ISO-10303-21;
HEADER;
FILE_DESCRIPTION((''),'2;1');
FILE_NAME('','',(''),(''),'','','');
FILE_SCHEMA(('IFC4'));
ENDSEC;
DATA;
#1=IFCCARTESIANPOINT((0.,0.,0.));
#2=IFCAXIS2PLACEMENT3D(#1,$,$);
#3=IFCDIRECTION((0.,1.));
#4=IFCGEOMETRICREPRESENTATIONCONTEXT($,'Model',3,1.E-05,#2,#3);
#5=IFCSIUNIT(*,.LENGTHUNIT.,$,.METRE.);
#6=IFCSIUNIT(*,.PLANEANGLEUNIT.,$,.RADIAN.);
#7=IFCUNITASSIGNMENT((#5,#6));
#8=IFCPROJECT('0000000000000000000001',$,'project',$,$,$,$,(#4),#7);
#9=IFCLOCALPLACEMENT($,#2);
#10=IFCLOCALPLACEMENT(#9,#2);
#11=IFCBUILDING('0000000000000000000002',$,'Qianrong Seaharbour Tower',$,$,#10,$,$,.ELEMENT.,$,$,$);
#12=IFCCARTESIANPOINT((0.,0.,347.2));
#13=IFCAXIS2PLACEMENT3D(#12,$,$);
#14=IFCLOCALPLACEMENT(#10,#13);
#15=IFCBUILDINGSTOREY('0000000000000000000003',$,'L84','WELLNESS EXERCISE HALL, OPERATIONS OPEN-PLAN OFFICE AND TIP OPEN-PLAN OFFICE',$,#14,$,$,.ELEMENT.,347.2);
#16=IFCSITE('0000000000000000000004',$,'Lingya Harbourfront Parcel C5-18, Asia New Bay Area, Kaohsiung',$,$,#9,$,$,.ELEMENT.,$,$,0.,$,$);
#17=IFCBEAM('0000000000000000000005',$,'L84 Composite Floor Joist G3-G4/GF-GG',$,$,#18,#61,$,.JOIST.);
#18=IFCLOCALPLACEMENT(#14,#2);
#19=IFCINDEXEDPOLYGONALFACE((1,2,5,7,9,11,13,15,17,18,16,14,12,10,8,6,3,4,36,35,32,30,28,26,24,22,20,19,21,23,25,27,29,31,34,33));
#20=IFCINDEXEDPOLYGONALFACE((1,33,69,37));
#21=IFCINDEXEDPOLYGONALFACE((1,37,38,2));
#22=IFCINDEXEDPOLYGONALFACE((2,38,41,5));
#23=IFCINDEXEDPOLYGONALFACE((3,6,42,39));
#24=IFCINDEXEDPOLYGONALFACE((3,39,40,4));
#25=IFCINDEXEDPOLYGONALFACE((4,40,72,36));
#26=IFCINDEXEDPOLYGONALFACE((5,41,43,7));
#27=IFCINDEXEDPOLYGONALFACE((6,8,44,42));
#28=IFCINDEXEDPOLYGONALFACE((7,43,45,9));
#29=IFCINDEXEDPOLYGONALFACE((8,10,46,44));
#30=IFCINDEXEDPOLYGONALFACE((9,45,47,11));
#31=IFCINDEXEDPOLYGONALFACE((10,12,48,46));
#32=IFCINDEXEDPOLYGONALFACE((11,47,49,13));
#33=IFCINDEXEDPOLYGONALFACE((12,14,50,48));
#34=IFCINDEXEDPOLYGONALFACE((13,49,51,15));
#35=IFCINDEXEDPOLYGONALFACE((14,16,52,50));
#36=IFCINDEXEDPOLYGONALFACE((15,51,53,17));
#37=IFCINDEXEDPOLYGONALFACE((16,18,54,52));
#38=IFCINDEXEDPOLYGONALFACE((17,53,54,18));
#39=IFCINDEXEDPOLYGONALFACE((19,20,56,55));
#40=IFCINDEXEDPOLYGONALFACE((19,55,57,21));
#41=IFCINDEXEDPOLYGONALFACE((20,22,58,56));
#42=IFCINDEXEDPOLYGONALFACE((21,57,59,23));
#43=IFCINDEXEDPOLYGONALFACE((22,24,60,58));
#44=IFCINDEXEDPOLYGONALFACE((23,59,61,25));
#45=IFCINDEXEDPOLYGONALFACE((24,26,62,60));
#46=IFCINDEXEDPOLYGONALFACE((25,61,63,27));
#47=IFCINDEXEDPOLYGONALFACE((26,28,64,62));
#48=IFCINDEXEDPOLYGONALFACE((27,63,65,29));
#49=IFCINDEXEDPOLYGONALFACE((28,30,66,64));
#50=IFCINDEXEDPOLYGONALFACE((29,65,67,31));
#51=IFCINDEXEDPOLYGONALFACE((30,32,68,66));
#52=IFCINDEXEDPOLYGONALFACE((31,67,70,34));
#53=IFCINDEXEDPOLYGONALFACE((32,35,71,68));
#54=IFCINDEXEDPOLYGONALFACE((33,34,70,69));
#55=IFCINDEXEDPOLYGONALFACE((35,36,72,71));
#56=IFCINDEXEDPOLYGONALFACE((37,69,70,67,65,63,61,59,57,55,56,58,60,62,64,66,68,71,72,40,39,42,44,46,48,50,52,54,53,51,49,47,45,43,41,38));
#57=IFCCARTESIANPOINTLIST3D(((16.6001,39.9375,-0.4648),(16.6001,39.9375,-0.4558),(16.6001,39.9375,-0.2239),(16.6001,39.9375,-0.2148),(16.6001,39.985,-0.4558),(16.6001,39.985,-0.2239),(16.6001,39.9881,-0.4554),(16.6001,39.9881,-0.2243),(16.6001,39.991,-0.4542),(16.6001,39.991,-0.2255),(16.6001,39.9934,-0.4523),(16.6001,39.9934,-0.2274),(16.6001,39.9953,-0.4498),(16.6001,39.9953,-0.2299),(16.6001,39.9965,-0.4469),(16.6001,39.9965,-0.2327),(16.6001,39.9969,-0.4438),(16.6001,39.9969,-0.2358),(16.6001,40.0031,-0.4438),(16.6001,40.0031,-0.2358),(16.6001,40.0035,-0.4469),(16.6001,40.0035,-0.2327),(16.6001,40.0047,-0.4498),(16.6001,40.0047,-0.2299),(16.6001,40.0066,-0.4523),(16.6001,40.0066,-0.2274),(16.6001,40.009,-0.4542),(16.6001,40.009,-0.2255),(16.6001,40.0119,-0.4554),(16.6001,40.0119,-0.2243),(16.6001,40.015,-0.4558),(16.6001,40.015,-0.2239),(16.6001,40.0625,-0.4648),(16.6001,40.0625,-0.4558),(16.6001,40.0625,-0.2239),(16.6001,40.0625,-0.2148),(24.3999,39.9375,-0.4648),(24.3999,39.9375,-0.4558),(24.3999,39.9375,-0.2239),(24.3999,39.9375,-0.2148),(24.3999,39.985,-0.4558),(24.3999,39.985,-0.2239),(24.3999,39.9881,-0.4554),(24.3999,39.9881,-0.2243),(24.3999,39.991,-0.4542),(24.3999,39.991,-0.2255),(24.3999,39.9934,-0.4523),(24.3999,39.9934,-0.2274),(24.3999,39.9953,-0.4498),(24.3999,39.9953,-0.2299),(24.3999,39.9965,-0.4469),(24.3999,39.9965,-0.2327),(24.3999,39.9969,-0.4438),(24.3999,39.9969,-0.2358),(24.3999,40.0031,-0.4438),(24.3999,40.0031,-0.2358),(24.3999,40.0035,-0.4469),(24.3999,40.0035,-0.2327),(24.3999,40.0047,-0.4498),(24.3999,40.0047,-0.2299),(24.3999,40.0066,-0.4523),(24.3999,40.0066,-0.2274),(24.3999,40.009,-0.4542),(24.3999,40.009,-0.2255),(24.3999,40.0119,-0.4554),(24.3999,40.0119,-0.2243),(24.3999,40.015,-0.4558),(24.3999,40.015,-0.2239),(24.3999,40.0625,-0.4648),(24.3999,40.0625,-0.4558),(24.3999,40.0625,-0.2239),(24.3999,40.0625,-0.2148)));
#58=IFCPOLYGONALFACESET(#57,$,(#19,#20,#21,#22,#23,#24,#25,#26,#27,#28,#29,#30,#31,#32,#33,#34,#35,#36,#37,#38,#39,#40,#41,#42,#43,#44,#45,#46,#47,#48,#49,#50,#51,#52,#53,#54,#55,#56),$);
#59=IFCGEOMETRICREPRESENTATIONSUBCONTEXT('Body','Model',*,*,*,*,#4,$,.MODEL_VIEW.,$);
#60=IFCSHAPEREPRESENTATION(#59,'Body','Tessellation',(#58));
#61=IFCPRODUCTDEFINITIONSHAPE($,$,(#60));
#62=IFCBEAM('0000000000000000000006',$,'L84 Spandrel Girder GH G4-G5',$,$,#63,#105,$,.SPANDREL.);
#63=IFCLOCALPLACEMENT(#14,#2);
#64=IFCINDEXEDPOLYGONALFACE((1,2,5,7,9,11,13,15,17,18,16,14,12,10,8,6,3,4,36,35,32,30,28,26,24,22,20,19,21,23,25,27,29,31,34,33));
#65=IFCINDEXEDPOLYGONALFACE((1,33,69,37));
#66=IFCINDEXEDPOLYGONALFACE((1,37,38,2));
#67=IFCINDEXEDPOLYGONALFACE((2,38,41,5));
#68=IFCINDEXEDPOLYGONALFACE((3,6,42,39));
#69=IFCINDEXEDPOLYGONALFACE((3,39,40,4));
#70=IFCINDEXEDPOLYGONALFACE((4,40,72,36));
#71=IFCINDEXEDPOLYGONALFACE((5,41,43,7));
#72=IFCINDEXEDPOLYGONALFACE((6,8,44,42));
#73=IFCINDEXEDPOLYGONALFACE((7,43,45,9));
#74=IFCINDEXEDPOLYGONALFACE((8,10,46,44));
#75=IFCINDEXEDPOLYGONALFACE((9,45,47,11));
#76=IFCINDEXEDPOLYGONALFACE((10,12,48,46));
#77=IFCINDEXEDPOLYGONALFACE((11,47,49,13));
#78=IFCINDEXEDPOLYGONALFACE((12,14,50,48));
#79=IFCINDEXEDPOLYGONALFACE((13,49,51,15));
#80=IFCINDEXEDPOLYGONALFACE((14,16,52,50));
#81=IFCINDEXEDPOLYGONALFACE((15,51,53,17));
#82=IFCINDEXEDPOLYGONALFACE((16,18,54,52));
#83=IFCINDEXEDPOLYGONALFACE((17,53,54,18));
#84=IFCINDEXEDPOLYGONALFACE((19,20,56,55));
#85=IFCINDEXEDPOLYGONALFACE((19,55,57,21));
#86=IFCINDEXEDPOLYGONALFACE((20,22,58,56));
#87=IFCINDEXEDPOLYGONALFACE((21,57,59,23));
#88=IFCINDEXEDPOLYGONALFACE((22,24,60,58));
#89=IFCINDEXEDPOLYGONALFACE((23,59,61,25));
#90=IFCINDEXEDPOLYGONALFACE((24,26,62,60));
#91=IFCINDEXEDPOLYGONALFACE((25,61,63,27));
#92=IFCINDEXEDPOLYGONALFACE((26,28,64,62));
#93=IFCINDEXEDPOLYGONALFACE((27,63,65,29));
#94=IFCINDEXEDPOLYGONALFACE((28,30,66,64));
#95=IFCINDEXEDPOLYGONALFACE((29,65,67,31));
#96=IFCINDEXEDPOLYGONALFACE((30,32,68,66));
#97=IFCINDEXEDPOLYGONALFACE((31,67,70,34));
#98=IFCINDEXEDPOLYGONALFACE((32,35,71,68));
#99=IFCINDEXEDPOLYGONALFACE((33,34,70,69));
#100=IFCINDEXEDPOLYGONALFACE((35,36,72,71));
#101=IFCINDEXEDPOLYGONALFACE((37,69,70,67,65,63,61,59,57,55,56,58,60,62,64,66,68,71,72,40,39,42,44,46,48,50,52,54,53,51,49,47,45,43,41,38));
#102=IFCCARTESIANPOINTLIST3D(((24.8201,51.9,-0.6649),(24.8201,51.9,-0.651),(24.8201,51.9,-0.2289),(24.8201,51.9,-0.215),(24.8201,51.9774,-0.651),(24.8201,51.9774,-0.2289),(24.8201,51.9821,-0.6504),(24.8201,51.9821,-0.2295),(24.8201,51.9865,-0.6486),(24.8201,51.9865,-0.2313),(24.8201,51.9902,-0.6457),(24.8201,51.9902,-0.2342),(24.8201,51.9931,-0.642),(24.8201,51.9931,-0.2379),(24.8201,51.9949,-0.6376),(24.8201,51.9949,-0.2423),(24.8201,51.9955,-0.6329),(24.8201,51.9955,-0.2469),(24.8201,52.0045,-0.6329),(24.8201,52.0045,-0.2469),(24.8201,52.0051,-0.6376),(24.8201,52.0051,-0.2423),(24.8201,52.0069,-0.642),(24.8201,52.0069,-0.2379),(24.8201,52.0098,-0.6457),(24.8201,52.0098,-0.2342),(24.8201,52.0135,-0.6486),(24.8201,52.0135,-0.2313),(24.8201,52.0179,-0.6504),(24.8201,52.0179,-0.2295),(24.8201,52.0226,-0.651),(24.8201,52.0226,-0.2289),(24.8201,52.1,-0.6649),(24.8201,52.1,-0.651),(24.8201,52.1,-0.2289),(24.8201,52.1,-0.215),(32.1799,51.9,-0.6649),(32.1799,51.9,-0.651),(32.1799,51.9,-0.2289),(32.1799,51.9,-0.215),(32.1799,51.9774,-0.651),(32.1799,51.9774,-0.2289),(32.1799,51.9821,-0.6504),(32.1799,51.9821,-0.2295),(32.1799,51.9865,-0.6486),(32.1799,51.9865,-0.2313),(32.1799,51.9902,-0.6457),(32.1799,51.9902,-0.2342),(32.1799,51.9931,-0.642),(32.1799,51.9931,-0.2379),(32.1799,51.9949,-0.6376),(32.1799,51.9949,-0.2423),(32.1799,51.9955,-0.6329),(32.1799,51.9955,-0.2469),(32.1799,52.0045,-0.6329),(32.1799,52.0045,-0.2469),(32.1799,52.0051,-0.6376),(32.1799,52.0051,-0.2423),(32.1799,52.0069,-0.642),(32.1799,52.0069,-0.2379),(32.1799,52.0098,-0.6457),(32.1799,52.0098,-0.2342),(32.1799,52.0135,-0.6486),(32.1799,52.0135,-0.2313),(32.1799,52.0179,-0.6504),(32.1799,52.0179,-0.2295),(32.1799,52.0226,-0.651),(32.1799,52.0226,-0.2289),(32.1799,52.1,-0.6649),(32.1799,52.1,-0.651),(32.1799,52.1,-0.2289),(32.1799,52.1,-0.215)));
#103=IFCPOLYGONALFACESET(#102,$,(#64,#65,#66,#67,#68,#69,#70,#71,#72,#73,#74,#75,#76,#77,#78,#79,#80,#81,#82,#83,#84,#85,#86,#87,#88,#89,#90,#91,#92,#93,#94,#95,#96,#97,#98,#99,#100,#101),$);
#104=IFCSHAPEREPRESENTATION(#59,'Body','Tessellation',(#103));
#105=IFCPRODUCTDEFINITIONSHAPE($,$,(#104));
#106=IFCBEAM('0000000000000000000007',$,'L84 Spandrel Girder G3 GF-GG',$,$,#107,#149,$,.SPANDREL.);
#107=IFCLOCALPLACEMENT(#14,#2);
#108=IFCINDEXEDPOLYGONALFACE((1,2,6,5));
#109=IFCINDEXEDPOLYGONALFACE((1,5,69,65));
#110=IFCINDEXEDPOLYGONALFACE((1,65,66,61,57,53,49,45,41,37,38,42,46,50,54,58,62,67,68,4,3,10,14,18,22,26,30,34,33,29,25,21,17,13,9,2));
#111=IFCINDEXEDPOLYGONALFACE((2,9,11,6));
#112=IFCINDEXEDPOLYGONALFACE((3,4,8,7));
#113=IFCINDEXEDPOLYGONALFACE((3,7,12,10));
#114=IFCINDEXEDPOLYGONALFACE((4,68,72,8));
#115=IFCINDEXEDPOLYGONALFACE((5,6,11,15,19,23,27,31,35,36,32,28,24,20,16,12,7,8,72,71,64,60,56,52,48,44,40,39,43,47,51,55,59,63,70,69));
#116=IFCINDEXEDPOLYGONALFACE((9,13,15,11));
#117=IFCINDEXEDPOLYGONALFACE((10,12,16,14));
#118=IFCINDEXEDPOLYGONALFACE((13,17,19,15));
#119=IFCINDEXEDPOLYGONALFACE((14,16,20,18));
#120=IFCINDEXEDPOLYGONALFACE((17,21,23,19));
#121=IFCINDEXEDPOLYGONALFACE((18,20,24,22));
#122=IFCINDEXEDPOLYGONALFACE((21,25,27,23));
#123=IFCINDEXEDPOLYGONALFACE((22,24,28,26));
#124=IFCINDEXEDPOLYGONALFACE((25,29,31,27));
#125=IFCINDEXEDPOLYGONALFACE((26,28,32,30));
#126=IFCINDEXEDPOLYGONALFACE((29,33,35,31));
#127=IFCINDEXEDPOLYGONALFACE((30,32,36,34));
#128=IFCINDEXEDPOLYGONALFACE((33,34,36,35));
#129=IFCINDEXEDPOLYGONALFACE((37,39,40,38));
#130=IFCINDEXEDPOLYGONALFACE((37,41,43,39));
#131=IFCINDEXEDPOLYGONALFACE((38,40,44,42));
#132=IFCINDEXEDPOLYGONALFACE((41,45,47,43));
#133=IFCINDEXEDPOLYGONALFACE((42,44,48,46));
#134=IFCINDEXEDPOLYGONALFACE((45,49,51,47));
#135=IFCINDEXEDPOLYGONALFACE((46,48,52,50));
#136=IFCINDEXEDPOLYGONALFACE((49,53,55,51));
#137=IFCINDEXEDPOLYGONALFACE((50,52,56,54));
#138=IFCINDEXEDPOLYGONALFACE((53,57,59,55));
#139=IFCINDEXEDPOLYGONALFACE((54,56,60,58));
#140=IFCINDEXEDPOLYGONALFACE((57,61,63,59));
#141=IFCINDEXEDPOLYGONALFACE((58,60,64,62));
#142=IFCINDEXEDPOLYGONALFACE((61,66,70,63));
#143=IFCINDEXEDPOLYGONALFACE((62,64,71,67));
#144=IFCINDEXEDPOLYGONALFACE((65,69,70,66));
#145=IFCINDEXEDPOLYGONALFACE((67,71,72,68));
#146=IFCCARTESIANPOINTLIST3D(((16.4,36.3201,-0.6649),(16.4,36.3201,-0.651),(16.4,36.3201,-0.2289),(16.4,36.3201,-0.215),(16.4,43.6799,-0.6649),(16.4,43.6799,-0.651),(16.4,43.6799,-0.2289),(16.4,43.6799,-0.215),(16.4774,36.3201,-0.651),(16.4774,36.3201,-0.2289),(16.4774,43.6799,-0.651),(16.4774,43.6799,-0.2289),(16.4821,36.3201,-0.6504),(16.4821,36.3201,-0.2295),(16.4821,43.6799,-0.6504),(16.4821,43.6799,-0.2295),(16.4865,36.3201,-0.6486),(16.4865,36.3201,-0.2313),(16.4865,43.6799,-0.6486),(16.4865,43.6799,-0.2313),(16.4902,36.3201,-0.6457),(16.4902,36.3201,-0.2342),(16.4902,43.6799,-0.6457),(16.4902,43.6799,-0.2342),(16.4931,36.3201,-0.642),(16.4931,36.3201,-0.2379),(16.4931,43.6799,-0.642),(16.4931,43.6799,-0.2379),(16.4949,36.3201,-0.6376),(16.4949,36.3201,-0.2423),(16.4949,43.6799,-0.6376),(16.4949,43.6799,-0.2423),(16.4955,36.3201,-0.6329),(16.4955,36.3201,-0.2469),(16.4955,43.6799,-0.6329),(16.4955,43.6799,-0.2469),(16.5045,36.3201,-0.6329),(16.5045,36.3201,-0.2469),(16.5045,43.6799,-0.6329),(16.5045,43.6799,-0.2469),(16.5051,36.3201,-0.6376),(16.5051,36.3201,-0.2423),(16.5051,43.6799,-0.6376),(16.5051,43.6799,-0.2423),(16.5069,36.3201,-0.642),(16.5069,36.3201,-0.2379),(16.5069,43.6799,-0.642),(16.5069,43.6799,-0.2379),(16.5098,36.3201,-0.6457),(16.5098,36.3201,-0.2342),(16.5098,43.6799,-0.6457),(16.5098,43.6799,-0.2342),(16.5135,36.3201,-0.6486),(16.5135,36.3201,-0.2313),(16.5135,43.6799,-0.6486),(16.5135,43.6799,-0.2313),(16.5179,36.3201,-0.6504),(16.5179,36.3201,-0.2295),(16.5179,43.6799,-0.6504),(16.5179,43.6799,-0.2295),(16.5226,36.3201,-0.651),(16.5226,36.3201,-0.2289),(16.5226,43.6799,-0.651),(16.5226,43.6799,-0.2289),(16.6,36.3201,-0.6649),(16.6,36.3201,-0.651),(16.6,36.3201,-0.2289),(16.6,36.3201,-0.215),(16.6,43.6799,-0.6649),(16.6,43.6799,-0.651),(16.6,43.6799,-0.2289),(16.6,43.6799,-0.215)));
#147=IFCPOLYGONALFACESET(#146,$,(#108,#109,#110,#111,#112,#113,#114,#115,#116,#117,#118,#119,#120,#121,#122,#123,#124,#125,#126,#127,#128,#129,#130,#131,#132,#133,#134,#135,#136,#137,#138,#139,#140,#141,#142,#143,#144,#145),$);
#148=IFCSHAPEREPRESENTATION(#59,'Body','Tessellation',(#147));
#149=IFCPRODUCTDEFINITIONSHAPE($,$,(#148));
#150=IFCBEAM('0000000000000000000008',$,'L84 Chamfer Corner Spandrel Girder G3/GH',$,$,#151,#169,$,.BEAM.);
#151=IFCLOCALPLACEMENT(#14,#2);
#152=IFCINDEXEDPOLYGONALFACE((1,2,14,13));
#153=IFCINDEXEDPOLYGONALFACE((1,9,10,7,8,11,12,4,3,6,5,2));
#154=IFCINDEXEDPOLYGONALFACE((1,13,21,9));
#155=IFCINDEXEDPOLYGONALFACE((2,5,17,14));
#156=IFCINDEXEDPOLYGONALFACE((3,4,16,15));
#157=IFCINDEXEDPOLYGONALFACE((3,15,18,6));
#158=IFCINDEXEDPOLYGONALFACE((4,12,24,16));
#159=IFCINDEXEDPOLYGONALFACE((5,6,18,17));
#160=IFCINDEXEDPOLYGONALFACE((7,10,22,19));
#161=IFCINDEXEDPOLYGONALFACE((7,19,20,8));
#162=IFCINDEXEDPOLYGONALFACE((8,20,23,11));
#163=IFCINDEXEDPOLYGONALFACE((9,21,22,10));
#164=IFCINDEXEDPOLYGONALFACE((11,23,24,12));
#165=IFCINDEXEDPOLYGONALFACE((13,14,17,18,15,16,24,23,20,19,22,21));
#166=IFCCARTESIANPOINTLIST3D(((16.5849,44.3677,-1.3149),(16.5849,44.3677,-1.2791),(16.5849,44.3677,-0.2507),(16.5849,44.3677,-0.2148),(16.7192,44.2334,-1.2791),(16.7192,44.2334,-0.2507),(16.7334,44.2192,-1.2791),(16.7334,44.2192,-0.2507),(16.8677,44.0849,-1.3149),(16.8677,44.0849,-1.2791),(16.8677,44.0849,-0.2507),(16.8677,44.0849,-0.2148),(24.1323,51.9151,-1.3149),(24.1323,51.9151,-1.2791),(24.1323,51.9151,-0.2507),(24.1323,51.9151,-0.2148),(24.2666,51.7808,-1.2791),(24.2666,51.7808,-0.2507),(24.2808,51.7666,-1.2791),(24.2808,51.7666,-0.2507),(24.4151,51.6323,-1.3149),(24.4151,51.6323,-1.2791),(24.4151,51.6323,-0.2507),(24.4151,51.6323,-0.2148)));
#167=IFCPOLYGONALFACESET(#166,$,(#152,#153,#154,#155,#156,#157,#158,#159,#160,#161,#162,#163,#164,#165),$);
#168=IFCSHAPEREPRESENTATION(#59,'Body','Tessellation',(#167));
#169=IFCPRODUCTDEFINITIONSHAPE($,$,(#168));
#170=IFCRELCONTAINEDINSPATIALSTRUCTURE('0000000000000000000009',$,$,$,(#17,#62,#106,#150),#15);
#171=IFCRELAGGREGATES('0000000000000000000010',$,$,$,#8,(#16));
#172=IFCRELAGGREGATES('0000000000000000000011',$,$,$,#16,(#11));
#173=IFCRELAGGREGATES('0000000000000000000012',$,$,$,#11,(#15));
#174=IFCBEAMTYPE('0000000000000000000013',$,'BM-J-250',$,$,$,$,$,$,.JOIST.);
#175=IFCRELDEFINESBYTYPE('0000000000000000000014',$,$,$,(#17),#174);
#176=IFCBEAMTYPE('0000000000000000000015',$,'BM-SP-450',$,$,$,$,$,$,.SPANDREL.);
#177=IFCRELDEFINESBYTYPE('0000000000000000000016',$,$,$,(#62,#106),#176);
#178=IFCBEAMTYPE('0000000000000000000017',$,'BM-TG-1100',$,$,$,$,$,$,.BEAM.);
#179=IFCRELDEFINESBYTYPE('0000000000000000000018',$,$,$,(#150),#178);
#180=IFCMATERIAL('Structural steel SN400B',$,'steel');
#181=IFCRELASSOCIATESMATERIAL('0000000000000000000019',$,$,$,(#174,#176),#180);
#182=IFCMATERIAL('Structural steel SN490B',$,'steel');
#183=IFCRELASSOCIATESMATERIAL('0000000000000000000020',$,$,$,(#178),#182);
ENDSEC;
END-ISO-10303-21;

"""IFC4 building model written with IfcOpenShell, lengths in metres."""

from ifc_helpers import new_model, si_unit, direction, frame, origin, origin_2d, place, context, subcontext, project, spatial, i_section, extrude, material, material_profile, profile_set, type_object, element, save


model = new_model("IFC4")

# Units and contexts
model_context = context("Model", 3, precision=1e-05, world=origin(), true_north=direction((0.0, 1.0)))
body_context = subcontext(model_context, "Body", "Model", "MODEL_VIEW")
ifc_project = project(units=[si_unit("LENGTHUNIT", "METRE"), si_unit("PLANEANGLEUNIT", "RADIAN")], contexts=[model_context])

# Site, building, storey
site_placement = place(None, origin())
site = spatial("IfcSite", under=ifc_project, at=site_placement, Name="Lingya Harbourfront Parcel C5-18, Asia New Bay Area, Kaohsiung", CompositionType="ELEMENT", RefElevation=0.0)
building_placement = place(site_placement, origin())
building = spatial("IfcBuilding", under=site, at=building_placement, Name="Qianrong Seaharbour Tower", CompositionType="ELEMENT")
storey_placement = place(building_placement, frame((0.0, 0.0, 347.2)))
storey = spatial("IfcBuildingStorey", under=building, at=storey_placement, Name="L84", Description="WELLNESS EXERCISE HALL, OPERATIONS OPEN-PLAN OFFICE AND TIP OPEN-PLAN OFFICE", CompositionType="ELEMENT", Elevation=347.2)

# Shared definitions
ifc_material_1 = material(Name="Structural steel SN400B", Category="steel")

# Beams
ifc_material_2 = material(Name="Structural steel SN490B", Category="steel")
ifc_material_profile_1 = material_profile(ifc_material_1, i_section(OverallWidth=0.125, OverallDepth=0.25, WebThickness=0.0061, FlangeThickness=0.009, FilletRadius=0.012, at=origin_2d()), Name="H250x125x6x9")
ifc_profile_set_1 = profile_set([ifc_material_profile_1], Name="Structural steel SN400B")
beam_type_1 = type_object("IfcBeamType", Name="BM-J-250", PredefinedType="JOIST", material=ifc_profile_set_1)
beam_1_placement = place(storey_placement, frame((16.6001, 40.0, -0.3398), z_axis=(1.0, 0.0, 0.0), x_axis=(0.0, 1.0, 0.0)))
element("IfcBeam", 1, at=beam_1_placement, inside=storey, type_object=beam_type_1, Name="L84 Composite Floor Joist G3-G4/GF-GG", PredefinedType="JOIST", context=body_context, shape_type="SweptSolid", body=[
    extrude(i_section(OverallWidth=0.125, OverallDepth=0.25, WebThickness=0.0061, FlangeThickness=0.009, FilletRadius=0.012, at=origin_2d()), origin(), (0.0, 0.0, 1.0), 7.7998),
])
ifc_material_profile_2 = material_profile(ifc_material_1, i_section(OverallWidth=0.2, OverallDepth=0.45, WebThickness=0.009, FlangeThickness=0.0139, FilletRadius=0.0181, at=origin_2d()), Name="H450x200x9x14")
ifc_profile_set_2 = profile_set([ifc_material_profile_2], Name="Structural steel SN400B")
beam_type_2 = type_object("IfcBeamType", Name="BM-SP-450", PredefinedType="SPANDREL", material=ifc_profile_set_2)
for number, where, z_axis, x_axis, name in (
    (2, (24.8201, 52.0, -0.4399), (1.0, 0.0, 0.0), (0.0, 1.0, 0.0), "L84 Spandrel Girder GH G4-G5"),
    (3, (16.5, 36.3201, -0.4399), (0.0, 1.0, 0.0), (-1.0, 0.0, 0.0), "L84 Spandrel Girder G3 GF-GG"),
):
    element("IfcBeam", number, at=place(storey_placement, frame(where, z_axis=z_axis, x_axis=x_axis)), inside=storey, type_object=beam_type_2, Name=name, PredefinedType="SPANDREL", context=body_context, shape_type="SweptSolid", body=[
        extrude(i_section(OverallWidth=0.2, OverallDepth=0.45, WebThickness=0.009, FlangeThickness=0.0139, FilletRadius=0.0181, at=origin_2d()), origin(), (0.0, 0.0, 1.0), 7.3599),
    ])
ifc_material_profile_3 = material_profile(ifc_material_2, i_section(OverallWidth=0.3999, OverallDepth=1.1001, WebThickness=0.02, FlangeThickness=0.0359, at=origin_2d()), Name="BH1100x400x20x36")
ifc_profile_set_3 = profile_set([ifc_material_profile_3], Name="Structural steel SN490B")
beam_type_3 = type_object("IfcBeamType", Name="BM-TG-1100", PredefinedType="BEAM", material=ifc_profile_set_3)
beam_2_placement = place(storey_placement, frame((24.2737, 51.7737, -0.7649), z_axis=(-0.707107, -0.707107, 0.0), x_axis=(0.707107, -0.707107, 0.0)))
element("IfcBeam", 4, at=beam_2_placement, inside=storey, type_object=beam_type_3, Name="L84 Chamfer Corner Spandrel Girder G3/GH", PredefinedType="BEAM", context=body_context, shape_type="SweptSolid", body=[
    extrude(i_section(OverallWidth=0.3999, OverallDepth=1.1001, WebThickness=0.02, FlangeThickness=0.0359, at=origin_2d()), origin(), (0.0, 0.0, 1.0), 10.6736),
])

save(model, "model.ifc")
